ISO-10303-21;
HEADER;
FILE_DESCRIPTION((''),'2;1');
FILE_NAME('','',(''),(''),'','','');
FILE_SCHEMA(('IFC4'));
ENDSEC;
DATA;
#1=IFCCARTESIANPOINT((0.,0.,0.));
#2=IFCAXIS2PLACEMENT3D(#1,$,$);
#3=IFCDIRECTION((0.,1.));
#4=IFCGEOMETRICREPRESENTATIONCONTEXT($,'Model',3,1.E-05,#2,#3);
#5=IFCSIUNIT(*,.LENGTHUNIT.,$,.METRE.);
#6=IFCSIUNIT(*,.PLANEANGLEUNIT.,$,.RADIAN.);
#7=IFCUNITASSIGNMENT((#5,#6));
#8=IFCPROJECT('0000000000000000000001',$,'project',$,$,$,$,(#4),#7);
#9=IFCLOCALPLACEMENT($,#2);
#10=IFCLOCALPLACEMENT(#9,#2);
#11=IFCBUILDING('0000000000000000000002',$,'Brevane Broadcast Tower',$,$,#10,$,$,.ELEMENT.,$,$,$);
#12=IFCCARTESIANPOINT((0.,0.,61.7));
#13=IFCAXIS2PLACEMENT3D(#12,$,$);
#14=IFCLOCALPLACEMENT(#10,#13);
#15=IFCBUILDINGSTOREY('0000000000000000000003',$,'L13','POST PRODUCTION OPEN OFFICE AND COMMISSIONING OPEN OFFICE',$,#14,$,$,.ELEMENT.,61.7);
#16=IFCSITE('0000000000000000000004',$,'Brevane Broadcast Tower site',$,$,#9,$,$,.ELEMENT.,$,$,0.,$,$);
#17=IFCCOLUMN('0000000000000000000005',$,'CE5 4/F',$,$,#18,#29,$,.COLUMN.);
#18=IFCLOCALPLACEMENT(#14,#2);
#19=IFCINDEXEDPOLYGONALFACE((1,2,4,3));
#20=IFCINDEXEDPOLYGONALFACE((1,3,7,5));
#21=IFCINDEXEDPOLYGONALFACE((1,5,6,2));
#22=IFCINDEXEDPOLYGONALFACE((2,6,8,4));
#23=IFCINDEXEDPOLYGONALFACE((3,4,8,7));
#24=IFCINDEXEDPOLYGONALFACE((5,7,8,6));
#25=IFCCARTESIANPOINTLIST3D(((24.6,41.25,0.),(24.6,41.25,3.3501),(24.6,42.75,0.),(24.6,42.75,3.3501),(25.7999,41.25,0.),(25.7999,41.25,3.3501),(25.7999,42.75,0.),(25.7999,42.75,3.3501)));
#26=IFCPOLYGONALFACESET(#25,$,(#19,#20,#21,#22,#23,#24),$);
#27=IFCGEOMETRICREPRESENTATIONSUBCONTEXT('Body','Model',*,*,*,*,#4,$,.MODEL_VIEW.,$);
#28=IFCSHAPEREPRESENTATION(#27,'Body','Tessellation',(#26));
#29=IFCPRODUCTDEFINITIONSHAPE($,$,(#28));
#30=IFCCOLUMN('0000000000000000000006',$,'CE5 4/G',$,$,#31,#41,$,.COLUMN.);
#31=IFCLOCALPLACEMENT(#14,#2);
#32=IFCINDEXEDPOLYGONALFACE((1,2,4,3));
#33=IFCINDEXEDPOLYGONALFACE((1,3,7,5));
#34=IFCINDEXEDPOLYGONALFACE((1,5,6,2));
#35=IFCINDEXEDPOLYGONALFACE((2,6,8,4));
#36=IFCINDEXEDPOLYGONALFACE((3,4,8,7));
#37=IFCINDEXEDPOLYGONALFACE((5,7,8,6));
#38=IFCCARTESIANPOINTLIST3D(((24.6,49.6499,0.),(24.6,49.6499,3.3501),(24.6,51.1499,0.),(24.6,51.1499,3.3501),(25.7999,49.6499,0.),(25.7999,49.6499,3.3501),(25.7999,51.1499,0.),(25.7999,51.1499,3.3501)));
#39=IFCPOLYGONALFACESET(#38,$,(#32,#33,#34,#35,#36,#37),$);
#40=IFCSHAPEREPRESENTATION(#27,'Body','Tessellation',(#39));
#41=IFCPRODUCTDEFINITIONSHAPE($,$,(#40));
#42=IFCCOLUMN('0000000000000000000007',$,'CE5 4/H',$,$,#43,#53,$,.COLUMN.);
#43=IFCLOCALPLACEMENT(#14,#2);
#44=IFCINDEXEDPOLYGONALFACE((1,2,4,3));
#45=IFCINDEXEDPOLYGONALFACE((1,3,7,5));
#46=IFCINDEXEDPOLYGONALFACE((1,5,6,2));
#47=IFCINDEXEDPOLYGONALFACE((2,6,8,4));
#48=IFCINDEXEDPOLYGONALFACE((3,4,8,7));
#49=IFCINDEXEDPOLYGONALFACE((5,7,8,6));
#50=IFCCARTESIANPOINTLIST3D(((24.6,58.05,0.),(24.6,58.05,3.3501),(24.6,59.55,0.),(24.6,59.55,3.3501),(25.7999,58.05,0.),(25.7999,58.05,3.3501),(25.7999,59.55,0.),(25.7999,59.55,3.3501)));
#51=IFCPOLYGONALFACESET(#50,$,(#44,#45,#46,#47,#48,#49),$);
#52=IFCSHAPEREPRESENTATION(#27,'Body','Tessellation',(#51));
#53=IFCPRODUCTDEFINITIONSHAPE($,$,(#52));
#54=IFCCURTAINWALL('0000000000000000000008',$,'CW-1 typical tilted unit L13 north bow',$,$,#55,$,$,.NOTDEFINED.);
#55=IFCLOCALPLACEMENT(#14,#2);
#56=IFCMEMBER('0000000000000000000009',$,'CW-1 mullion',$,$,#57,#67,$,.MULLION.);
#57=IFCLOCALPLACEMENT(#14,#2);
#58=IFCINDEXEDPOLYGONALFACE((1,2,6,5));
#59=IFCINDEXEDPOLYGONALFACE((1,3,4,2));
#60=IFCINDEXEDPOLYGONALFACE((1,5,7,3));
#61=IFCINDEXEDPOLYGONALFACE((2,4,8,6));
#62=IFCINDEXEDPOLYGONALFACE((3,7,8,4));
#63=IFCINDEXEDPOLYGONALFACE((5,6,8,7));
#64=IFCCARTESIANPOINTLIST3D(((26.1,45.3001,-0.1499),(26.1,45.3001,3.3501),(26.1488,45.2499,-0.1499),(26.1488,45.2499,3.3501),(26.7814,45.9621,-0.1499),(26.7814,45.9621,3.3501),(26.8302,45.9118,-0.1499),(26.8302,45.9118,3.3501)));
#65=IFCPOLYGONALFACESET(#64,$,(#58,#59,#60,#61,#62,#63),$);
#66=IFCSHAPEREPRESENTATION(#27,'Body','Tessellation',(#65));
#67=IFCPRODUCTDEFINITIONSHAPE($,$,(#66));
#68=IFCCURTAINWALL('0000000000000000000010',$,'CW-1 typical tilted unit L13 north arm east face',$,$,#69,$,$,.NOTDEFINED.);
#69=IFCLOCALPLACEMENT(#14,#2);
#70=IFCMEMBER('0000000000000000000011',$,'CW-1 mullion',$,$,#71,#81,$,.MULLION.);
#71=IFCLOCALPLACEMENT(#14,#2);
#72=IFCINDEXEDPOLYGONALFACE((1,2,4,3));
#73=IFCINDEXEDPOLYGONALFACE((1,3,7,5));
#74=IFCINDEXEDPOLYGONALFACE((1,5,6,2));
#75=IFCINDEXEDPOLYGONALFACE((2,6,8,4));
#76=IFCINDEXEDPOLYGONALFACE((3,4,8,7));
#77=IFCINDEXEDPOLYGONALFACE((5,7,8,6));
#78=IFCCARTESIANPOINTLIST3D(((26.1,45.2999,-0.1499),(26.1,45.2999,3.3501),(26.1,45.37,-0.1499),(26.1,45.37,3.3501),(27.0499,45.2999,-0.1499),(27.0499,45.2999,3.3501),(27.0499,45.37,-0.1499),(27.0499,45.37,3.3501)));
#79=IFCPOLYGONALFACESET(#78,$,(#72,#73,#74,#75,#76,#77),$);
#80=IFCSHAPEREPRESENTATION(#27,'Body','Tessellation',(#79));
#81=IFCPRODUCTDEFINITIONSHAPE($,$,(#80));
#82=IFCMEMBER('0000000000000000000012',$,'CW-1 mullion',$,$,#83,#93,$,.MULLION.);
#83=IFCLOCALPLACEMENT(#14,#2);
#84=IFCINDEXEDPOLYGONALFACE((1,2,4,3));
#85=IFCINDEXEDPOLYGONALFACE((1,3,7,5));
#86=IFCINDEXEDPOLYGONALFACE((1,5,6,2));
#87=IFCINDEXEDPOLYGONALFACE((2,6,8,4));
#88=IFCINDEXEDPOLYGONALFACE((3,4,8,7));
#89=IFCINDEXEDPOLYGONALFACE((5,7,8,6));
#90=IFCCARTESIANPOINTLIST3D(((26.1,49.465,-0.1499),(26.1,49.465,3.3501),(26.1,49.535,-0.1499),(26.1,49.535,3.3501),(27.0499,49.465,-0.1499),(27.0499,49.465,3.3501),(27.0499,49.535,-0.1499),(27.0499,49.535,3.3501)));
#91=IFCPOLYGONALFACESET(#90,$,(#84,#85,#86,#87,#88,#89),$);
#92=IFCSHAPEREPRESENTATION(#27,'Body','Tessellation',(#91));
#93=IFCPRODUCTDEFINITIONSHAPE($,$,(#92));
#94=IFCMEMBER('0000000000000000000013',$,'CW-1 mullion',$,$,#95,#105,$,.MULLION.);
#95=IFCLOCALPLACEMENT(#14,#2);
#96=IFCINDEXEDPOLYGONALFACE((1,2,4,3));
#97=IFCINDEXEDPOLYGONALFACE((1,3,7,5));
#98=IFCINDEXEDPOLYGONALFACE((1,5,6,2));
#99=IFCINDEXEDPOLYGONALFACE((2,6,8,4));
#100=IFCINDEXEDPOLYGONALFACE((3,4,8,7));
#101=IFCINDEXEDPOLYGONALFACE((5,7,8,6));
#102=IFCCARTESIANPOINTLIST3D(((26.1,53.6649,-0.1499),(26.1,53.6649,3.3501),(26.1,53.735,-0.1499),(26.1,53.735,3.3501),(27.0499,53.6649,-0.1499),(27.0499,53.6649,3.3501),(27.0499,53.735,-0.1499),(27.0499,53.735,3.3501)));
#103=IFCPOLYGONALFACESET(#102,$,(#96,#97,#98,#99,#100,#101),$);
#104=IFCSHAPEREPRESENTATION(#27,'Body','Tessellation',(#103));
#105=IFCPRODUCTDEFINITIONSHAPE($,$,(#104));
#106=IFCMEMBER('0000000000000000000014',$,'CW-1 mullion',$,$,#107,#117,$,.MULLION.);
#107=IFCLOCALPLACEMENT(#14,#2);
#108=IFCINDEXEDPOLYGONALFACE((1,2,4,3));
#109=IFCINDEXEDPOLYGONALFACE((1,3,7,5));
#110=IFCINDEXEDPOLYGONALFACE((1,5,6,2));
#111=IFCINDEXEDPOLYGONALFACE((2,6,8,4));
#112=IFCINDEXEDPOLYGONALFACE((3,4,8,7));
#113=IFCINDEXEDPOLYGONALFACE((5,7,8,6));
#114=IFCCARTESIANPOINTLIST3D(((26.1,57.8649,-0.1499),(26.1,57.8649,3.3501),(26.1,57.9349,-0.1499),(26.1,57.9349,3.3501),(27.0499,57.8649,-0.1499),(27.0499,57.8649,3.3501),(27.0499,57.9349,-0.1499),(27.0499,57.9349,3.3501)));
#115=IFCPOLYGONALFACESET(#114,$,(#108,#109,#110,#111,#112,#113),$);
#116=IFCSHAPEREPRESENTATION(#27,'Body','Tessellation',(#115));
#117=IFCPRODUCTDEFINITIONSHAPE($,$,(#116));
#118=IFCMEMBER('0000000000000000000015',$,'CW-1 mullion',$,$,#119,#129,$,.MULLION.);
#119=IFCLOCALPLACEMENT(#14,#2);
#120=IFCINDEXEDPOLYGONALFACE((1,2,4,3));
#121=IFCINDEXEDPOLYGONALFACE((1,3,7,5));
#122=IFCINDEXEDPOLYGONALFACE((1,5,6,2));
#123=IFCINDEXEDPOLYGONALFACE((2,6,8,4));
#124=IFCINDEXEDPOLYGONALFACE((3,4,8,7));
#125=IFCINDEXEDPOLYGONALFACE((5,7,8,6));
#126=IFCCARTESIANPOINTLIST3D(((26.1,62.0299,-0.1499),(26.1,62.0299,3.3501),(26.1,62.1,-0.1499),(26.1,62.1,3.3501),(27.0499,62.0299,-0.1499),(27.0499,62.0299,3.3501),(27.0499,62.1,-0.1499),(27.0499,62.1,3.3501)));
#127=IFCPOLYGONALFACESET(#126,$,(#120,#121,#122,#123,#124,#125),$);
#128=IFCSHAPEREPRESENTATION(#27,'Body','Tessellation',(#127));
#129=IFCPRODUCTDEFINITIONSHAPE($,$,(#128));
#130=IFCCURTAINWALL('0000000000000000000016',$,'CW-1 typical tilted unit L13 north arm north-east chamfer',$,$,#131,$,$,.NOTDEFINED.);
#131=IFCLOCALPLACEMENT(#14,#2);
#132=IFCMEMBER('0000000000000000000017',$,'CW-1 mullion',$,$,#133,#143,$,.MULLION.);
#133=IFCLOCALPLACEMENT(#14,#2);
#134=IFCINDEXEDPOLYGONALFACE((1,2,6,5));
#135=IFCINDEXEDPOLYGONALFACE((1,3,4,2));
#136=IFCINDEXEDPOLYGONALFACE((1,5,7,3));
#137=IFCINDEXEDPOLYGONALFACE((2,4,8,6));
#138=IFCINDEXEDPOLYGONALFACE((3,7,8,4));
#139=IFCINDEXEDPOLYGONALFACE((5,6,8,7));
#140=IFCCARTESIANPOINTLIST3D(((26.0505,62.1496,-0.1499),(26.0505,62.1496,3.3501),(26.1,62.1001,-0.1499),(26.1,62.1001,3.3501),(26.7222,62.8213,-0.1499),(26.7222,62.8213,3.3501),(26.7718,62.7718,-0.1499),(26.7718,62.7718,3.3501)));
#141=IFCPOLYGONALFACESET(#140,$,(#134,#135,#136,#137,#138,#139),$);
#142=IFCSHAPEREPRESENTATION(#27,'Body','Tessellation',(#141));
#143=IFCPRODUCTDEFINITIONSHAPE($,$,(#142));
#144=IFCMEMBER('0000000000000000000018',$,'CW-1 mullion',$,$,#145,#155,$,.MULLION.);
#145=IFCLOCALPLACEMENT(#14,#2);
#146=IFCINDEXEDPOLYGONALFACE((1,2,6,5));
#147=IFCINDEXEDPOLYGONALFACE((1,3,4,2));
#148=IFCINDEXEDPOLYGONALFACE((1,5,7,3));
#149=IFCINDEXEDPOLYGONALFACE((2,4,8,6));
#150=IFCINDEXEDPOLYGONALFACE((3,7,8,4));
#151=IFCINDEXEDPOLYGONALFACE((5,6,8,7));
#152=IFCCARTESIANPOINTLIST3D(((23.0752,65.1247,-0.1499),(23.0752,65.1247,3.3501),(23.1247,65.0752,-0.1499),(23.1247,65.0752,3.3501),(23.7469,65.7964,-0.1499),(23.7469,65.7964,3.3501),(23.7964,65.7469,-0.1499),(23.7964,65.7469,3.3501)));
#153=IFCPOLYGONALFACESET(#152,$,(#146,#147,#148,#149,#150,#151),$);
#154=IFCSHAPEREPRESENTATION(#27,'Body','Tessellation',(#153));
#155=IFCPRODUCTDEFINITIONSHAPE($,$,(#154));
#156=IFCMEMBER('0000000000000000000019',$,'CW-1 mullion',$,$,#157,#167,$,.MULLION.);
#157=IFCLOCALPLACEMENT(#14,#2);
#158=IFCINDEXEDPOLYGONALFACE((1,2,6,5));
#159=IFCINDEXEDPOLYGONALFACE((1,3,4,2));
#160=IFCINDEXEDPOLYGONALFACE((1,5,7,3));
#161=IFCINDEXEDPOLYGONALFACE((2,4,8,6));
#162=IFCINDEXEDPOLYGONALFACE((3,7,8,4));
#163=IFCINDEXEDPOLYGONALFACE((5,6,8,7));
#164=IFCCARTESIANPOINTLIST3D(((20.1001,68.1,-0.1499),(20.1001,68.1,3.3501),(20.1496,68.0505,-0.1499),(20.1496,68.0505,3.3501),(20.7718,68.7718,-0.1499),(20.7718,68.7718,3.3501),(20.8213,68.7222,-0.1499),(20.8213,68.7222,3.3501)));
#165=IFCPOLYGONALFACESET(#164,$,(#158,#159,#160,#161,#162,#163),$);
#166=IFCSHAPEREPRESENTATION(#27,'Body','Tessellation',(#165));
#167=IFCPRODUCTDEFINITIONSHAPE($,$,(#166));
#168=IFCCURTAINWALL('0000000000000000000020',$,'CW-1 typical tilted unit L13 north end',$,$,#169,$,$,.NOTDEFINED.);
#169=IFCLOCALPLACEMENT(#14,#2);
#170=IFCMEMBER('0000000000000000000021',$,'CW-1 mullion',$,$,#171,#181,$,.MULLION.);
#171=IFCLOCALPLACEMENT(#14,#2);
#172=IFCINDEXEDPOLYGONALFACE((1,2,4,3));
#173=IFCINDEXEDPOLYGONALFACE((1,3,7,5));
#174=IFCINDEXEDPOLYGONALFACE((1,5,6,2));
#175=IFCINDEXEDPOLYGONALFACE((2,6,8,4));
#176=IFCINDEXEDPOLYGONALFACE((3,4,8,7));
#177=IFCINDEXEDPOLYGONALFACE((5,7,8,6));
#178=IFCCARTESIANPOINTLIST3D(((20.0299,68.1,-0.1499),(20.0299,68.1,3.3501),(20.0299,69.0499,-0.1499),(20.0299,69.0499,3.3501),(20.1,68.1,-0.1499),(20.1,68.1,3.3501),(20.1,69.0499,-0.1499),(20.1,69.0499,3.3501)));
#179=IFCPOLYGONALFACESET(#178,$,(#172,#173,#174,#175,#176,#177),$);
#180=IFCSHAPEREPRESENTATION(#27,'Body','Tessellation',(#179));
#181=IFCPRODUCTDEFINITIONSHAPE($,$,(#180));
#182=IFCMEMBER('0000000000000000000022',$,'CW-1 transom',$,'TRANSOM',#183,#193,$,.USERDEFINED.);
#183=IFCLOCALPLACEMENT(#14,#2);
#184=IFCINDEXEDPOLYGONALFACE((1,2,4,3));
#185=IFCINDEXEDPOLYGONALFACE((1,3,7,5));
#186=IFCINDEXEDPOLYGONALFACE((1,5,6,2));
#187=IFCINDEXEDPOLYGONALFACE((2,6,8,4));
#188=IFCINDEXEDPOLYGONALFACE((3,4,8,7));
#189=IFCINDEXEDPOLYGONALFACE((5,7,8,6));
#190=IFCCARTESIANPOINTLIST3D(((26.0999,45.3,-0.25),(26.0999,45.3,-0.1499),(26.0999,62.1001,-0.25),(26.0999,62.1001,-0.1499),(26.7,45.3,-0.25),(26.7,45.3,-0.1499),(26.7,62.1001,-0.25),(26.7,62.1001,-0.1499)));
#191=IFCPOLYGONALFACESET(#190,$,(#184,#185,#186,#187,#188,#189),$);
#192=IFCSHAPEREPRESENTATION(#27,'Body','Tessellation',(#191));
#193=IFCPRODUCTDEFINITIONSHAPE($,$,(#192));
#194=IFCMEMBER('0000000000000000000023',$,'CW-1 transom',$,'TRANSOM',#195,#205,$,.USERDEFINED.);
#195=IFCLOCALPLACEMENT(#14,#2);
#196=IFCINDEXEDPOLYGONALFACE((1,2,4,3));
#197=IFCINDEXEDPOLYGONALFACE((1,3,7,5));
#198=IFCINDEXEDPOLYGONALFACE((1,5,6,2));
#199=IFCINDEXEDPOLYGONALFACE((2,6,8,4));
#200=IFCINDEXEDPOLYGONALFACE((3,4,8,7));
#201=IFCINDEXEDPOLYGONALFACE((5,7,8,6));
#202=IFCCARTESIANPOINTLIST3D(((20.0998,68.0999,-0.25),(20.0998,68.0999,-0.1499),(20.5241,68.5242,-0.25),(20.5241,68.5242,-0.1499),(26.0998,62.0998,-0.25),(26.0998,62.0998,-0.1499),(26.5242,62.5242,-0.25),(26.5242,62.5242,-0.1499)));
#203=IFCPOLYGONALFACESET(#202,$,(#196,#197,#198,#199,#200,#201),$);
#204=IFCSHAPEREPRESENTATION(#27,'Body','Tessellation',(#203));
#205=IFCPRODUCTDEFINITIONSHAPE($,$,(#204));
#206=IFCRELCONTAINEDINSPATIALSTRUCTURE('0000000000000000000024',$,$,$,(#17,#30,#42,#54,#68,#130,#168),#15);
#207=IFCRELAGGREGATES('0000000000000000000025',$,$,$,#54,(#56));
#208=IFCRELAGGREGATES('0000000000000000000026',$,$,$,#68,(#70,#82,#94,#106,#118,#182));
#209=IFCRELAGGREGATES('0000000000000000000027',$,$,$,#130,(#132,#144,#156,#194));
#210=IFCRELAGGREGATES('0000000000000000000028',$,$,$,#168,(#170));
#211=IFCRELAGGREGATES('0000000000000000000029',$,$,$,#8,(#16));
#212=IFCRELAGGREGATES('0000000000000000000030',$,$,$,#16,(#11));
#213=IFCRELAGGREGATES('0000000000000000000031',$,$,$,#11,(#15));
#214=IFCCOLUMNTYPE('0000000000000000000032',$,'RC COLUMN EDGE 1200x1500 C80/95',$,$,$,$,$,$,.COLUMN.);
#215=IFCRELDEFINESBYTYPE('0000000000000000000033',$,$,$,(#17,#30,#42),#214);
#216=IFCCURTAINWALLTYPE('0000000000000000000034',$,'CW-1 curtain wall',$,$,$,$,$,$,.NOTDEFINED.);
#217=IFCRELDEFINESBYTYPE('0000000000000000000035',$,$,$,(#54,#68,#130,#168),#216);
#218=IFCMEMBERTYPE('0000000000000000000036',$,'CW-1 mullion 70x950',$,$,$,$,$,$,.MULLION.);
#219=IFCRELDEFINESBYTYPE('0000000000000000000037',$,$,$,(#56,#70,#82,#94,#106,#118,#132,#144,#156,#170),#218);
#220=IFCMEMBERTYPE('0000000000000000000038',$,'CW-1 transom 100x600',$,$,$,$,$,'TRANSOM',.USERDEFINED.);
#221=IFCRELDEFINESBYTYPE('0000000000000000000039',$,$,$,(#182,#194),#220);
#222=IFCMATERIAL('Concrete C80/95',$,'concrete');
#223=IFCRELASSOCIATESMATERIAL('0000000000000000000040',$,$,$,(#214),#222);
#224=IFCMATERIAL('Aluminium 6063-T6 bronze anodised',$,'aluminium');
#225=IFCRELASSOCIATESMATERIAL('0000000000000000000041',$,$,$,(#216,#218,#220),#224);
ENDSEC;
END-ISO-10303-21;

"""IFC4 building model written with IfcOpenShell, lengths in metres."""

from ifc_helpers import new_model, si_unit, direction, frame, origin, origin_2d, place, context, subcontext, project, spatial, rectangle, extrude, material, material_profile, profile_set, type_object, element, aggregate, save


model = new_model("IFC4")

# Units and contexts
model_context = context("Model", 3, precision=1e-05, world=origin(), true_north=direction((0.0, 1.0)))
body_context = subcontext(model_context, "Body", "Model", "MODEL_VIEW")
ifc_project = project(units=[si_unit("LENGTHUNIT", "METRE"), si_unit("PLANEANGLEUNIT", "RADIAN")], contexts=[model_context])

# Site, building, storey
site_placement = place(None, origin())
site = spatial("IfcSite", under=ifc_project, at=site_placement, Name="Brevane Broadcast Tower site", CompositionType="ELEMENT", RefElevation=0.0)
building_placement = place(site_placement, origin())
building = spatial("IfcBuilding", under=site, at=building_placement, Name="Brevane Broadcast Tower", CompositionType="ELEMENT")
storey_placement = place(building_placement, frame((0.0, 0.0, 61.7)))
storey = spatial("IfcBuildingStorey", under=building, at=storey_placement, Name="L13", Description="POST PRODUCTION OPEN OFFICE AND COMMISSIONING OPEN OFFICE", CompositionType="ELEMENT", Elevation=61.7)

# Columns
ifc_material_1 = material(Name="Concrete C80/95", Category="concrete")
ifc_material_profile_1 = material_profile(ifc_material_1, rectangle(XDim=1.2, YDim=1.5, at=origin_2d()), Name="RC 1200x1500")
ifc_profile_set_1 = profile_set([ifc_material_profile_1], Name="Concrete C80/95")
column_type = type_object("IfcColumnType", Name="RC COLUMN EDGE 1200x1500 C80/95", PredefinedType="COLUMN", material=ifc_profile_set_1)
for number, where, z_axis, x_axis, name in (
    (1, (25.2, 42.0, 0.0), (0.0, 0.0, 1.0), (1.0, 0.0, 0.0), "CE5 4/F"),
    (2, (25.2, 50.3999, 0.0), (0.0, 0.0, 1.0), (1.0, 0.0, 0.0), "CE5 4/G"),
    (3, (25.2, 58.8, 0.0), (0.0, 0.0, 1.0), (1.0, 0.0, 0.0), "CE5 4/H"),
):
    element("IfcColumn", number, at=place(storey_placement, frame(where, z_axis=z_axis, x_axis=x_axis)), inside=storey, type_object=column_type, Name=name, PredefinedType="COLUMN", context=body_context, shape_type="SweptSolid", body=[
        extrude(rectangle(XDim=1.2, YDim=1.5, at=origin_2d()), origin(), (0.0, 0.0, 1.0), 3.3501),
    ])

# Curtain wall, member
ifc_material_2 = material(Name="Aluminium 6063-T6 bronze anodised", Category="aluminium")
curtain_wall_type = type_object("IfcCurtainWallType", Name="CW-1 curtain wall", PredefinedType="NOTDEFINED", material=ifc_material_2)
curtain_wall_1_placement = place(storey_placement, origin())
curtain_wall_1 = element("IfcCurtainWall", 4, at=curtain_wall_1_placement, inside=storey, type_object=curtain_wall_type, Name="CW-1 typical tilted unit L13 north bow", PredefinedType="NOTDEFINED")
ifc_material_profile_2 = material_profile(ifc_material_2, rectangle(XDim=0.95, YDim=0.0701, at=origin_2d()), Name="RECT 70x950")
ifc_profile_set_2 = profile_set([ifc_material_profile_2], Name="Aluminium 6063-T6 bronze anodised")
member_type_1 = type_object("IfcMemberType", Name="CW-1 mullion 70x950", PredefinedType="MULLION", material=ifc_profile_set_2)
member_1_placement = place(storey_placement, frame((26.4651, 45.606, -0.1499), z_axis=(0.0, 0.0, 1.0), x_axis=(-0.717254, -0.696812, 0.0)))
member_1 = element("IfcMember", 5, at=member_1_placement, type_object=member_type_1, Name="CW-1 mullion", PredefinedType="MULLION", context=body_context, shape_type="SweptSolid", body=[
    extrude(rectangle(XDim=0.95, YDim=0.0701, at=origin_2d()), origin(), (0.0, 0.0, 1.0), 3.5),
])
aggregate(curtain_wall_1, [member_1])

# Curtain walls, members
curtain_wall_2_placement = place(storey_placement, origin())
curtain_wall_2 = element("IfcCurtainWall", 6, at=curtain_wall_2_placement, inside=storey, type_object=curtain_wall_type, Name="CW-1 typical tilted unit L13 north arm east face", PredefinedType="NOTDEFINED")
member_2_placement = place(storey_placement, frame((26.575, 45.335, -0.1499), z_axis=(0.0, 0.0, 1.0), x_axis=(-1.0, 0.0, 0.0)))
member_2 = element("IfcMember", 7, at=member_2_placement, type_object=member_type_1, Name="CW-1 mullion", PredefinedType="MULLION", context=body_context, shape_type="SweptSolid", body=[
    extrude(rectangle(XDim=0.95, YDim=0.0701, at=origin_2d()), origin(), (0.0, 0.0, 1.0), 3.5),
])
member_3_placement = place(storey_placement, frame((26.575, 49.5, -0.1499), z_axis=(0.0, 0.0, 1.0), x_axis=(-1.0, 0.0, 0.0)))
member_3 = element("IfcMember", 8, at=member_3_placement, type_object=member_type_1, Name="CW-1 mullion", PredefinedType="MULLION", context=body_context, shape_type="SweptSolid", body=[
    extrude(rectangle(XDim=0.95, YDim=0.0701, at=origin_2d()), origin(), (0.0, 0.0, 1.0), 3.5),
])
member_4_placement = place(storey_placement, frame((26.575, 53.7, -0.1499), z_axis=(0.0, 0.0, 1.0), x_axis=(-1.0, 0.0, 0.0)))
member_4 = element("IfcMember", 9, at=member_4_placement, type_object=member_type_1, Name="CW-1 mullion", PredefinedType="MULLION", context=body_context, shape_type="SweptSolid", body=[
    extrude(rectangle(XDim=0.95, YDim=0.0701, at=origin_2d()), origin(), (0.0, 0.0, 1.0), 3.5),
])
member_5_placement = place(storey_placement, frame((26.575, 57.8999, -0.1499), z_axis=(0.0, 0.0, 1.0), x_axis=(-1.0, 0.0, 0.0)))
member_5 = element("IfcMember", 10, at=member_5_placement, type_object=member_type_1, Name="CW-1 mullion", PredefinedType="MULLION", context=body_context, shape_type="SweptSolid", body=[
    extrude(rectangle(XDim=0.95, YDim=0.0701, at=origin_2d()), origin(), (0.0, 0.0, 1.0), 3.5),
])
member_6_placement = place(storey_placement, frame((26.575, 62.0649, -0.1499), z_axis=(0.0, 0.0, 1.0), x_axis=(-1.0, 0.0, 0.0)))
member_6 = element("IfcMember", 11, at=member_6_placement, type_object=member_type_1, Name="CW-1 mullion", PredefinedType="MULLION", context=body_context, shape_type="SweptSolid", body=[
    extrude(rectangle(XDim=0.95, YDim=0.0701, at=origin_2d()), origin(), (0.0, 0.0, 1.0), 3.5),
])
curtain_wall_3_placement = place(storey_placement, origin())
curtain_wall_3 = element("IfcCurtainWall", 12, at=curtain_wall_3_placement, inside=storey, type_object=curtain_wall_type, Name="CW-1 typical tilted unit L13 north arm north-east chamfer", PredefinedType="NOTDEFINED")
member_7_placement = place(storey_placement, frame((26.4111, 62.4607, -0.1499), z_axis=(0.0, 0.0, 1.0), x_axis=(-0.707107, -0.707107, 0.0)))
member_7 = element("IfcMember", 13, at=member_7_placement, type_object=member_type_1, Name="CW-1 mullion", PredefinedType="MULLION", context=body_context, shape_type="SweptSolid", body=[
    extrude(rectangle(XDim=0.95, YDim=0.0701, at=origin_2d()), origin(), (0.0, 0.0, 1.0), 3.5),
])
member_8_placement = place(storey_placement, frame((23.4358, 65.4358, -0.1499), z_axis=(0.0, 0.0, 1.0), x_axis=(-0.707107, -0.707107, 0.0)))
member_8 = element("IfcMember", 14, at=member_8_placement, type_object=member_type_1, Name="CW-1 mullion", PredefinedType="MULLION", context=body_context, shape_type="SweptSolid", body=[
    extrude(rectangle(XDim=0.95, YDim=0.0701, at=origin_2d()), origin(), (0.0, 0.0, 1.0), 3.5),
])
member_9_placement = place(storey_placement, frame((20.4607, 68.4111, -0.1499), z_axis=(0.0, 0.0, 1.0), x_axis=(-0.707107, -0.707107, 0.0)))
member_9 = element("IfcMember", 15, at=member_9_placement, type_object=member_type_1, Name="CW-1 mullion", PredefinedType="MULLION", context=body_context, shape_type="SweptSolid", body=[
    extrude(rectangle(XDim=0.95, YDim=0.0701, at=origin_2d()), origin(), (0.0, 0.0, 1.0), 3.5),
])

# Curtain wall, member
curtain_wall_4_placement = place(storey_placement, origin())
curtain_wall_4 = element("IfcCurtainWall", 16, at=curtain_wall_4_placement, inside=storey, type_object=curtain_wall_type, Name="CW-1 typical tilted unit L13 north end", PredefinedType="NOTDEFINED")
member_10_placement = place(storey_placement, frame((20.0649, 68.575, -0.1499), z_axis=(0.0, 0.0, 1.0), x_axis=(0.0, -1.0, 0.0)))
member_10 = element("IfcMember", 17, at=member_10_placement, type_object=member_type_1, Name="CW-1 mullion", PredefinedType="MULLION", context=body_context, shape_type="SweptSolid", body=[
    extrude(rectangle(XDim=0.95, YDim=0.0701, at=origin_2d()), origin(), (0.0, 0.0, 1.0), 3.5),
])

# Members
ifc_material_profile_3 = material_profile(ifc_material_2, rectangle(XDim=0.6001, YDim=0.1001, at=origin_2d()), Name="RECT 100x600")
ifc_profile_set_3 = profile_set([ifc_material_profile_3], Name="Aluminium 6063-T6 bronze anodised")
member_type_2 = type_object("IfcMemberType", Name="CW-1 transom 100x600", ElementType="TRANSOM", PredefinedType="USERDEFINED", material=ifc_profile_set_3)
member_11_placement = place(storey_placement, frame((26.3999, 45.3, -0.2), z_axis=(0.0, 1.0, 0.0), x_axis=(-1.0, 0.0, 0.0)))
member_11 = element("IfcMember", 18, at=member_11_placement, type_object=member_type_2, Name="CW-1 transom", ObjectType="TRANSOM", PredefinedType="USERDEFINED", context=body_context, shape_type="SweptSolid", body=[
    extrude(rectangle(XDim=0.6001, YDim=0.1001, at=origin_2d()), origin(), (0.0, 0.0, 1.0), 16.8),
])
aggregate(curtain_wall_2, [member_2, member_3, member_4, member_5, member_6, member_11])
member_12_placement = place(storey_placement, frame((26.312, 62.312, -0.2), z_axis=(-0.707107, 0.707107, 0.0), x_axis=(-0.707107, -0.707107, 0.0)))
member_12 = element("IfcMember", 19, at=member_12_placement, type_object=member_type_2, Name="CW-1 transom", ObjectType="TRANSOM", PredefinedType="USERDEFINED", context=body_context, shape_type="SweptSolid", body=[
    extrude(rectangle(XDim=0.6001, YDim=0.1001, at=origin_2d()), origin(), (0.0, 0.0, 1.0), 8.4854),
])
aggregate(curtain_wall_3, [member_7, member_8, member_9, member_12])
aggregate(curtain_wall_4, [member_10])

save(model, "model.ifc")
